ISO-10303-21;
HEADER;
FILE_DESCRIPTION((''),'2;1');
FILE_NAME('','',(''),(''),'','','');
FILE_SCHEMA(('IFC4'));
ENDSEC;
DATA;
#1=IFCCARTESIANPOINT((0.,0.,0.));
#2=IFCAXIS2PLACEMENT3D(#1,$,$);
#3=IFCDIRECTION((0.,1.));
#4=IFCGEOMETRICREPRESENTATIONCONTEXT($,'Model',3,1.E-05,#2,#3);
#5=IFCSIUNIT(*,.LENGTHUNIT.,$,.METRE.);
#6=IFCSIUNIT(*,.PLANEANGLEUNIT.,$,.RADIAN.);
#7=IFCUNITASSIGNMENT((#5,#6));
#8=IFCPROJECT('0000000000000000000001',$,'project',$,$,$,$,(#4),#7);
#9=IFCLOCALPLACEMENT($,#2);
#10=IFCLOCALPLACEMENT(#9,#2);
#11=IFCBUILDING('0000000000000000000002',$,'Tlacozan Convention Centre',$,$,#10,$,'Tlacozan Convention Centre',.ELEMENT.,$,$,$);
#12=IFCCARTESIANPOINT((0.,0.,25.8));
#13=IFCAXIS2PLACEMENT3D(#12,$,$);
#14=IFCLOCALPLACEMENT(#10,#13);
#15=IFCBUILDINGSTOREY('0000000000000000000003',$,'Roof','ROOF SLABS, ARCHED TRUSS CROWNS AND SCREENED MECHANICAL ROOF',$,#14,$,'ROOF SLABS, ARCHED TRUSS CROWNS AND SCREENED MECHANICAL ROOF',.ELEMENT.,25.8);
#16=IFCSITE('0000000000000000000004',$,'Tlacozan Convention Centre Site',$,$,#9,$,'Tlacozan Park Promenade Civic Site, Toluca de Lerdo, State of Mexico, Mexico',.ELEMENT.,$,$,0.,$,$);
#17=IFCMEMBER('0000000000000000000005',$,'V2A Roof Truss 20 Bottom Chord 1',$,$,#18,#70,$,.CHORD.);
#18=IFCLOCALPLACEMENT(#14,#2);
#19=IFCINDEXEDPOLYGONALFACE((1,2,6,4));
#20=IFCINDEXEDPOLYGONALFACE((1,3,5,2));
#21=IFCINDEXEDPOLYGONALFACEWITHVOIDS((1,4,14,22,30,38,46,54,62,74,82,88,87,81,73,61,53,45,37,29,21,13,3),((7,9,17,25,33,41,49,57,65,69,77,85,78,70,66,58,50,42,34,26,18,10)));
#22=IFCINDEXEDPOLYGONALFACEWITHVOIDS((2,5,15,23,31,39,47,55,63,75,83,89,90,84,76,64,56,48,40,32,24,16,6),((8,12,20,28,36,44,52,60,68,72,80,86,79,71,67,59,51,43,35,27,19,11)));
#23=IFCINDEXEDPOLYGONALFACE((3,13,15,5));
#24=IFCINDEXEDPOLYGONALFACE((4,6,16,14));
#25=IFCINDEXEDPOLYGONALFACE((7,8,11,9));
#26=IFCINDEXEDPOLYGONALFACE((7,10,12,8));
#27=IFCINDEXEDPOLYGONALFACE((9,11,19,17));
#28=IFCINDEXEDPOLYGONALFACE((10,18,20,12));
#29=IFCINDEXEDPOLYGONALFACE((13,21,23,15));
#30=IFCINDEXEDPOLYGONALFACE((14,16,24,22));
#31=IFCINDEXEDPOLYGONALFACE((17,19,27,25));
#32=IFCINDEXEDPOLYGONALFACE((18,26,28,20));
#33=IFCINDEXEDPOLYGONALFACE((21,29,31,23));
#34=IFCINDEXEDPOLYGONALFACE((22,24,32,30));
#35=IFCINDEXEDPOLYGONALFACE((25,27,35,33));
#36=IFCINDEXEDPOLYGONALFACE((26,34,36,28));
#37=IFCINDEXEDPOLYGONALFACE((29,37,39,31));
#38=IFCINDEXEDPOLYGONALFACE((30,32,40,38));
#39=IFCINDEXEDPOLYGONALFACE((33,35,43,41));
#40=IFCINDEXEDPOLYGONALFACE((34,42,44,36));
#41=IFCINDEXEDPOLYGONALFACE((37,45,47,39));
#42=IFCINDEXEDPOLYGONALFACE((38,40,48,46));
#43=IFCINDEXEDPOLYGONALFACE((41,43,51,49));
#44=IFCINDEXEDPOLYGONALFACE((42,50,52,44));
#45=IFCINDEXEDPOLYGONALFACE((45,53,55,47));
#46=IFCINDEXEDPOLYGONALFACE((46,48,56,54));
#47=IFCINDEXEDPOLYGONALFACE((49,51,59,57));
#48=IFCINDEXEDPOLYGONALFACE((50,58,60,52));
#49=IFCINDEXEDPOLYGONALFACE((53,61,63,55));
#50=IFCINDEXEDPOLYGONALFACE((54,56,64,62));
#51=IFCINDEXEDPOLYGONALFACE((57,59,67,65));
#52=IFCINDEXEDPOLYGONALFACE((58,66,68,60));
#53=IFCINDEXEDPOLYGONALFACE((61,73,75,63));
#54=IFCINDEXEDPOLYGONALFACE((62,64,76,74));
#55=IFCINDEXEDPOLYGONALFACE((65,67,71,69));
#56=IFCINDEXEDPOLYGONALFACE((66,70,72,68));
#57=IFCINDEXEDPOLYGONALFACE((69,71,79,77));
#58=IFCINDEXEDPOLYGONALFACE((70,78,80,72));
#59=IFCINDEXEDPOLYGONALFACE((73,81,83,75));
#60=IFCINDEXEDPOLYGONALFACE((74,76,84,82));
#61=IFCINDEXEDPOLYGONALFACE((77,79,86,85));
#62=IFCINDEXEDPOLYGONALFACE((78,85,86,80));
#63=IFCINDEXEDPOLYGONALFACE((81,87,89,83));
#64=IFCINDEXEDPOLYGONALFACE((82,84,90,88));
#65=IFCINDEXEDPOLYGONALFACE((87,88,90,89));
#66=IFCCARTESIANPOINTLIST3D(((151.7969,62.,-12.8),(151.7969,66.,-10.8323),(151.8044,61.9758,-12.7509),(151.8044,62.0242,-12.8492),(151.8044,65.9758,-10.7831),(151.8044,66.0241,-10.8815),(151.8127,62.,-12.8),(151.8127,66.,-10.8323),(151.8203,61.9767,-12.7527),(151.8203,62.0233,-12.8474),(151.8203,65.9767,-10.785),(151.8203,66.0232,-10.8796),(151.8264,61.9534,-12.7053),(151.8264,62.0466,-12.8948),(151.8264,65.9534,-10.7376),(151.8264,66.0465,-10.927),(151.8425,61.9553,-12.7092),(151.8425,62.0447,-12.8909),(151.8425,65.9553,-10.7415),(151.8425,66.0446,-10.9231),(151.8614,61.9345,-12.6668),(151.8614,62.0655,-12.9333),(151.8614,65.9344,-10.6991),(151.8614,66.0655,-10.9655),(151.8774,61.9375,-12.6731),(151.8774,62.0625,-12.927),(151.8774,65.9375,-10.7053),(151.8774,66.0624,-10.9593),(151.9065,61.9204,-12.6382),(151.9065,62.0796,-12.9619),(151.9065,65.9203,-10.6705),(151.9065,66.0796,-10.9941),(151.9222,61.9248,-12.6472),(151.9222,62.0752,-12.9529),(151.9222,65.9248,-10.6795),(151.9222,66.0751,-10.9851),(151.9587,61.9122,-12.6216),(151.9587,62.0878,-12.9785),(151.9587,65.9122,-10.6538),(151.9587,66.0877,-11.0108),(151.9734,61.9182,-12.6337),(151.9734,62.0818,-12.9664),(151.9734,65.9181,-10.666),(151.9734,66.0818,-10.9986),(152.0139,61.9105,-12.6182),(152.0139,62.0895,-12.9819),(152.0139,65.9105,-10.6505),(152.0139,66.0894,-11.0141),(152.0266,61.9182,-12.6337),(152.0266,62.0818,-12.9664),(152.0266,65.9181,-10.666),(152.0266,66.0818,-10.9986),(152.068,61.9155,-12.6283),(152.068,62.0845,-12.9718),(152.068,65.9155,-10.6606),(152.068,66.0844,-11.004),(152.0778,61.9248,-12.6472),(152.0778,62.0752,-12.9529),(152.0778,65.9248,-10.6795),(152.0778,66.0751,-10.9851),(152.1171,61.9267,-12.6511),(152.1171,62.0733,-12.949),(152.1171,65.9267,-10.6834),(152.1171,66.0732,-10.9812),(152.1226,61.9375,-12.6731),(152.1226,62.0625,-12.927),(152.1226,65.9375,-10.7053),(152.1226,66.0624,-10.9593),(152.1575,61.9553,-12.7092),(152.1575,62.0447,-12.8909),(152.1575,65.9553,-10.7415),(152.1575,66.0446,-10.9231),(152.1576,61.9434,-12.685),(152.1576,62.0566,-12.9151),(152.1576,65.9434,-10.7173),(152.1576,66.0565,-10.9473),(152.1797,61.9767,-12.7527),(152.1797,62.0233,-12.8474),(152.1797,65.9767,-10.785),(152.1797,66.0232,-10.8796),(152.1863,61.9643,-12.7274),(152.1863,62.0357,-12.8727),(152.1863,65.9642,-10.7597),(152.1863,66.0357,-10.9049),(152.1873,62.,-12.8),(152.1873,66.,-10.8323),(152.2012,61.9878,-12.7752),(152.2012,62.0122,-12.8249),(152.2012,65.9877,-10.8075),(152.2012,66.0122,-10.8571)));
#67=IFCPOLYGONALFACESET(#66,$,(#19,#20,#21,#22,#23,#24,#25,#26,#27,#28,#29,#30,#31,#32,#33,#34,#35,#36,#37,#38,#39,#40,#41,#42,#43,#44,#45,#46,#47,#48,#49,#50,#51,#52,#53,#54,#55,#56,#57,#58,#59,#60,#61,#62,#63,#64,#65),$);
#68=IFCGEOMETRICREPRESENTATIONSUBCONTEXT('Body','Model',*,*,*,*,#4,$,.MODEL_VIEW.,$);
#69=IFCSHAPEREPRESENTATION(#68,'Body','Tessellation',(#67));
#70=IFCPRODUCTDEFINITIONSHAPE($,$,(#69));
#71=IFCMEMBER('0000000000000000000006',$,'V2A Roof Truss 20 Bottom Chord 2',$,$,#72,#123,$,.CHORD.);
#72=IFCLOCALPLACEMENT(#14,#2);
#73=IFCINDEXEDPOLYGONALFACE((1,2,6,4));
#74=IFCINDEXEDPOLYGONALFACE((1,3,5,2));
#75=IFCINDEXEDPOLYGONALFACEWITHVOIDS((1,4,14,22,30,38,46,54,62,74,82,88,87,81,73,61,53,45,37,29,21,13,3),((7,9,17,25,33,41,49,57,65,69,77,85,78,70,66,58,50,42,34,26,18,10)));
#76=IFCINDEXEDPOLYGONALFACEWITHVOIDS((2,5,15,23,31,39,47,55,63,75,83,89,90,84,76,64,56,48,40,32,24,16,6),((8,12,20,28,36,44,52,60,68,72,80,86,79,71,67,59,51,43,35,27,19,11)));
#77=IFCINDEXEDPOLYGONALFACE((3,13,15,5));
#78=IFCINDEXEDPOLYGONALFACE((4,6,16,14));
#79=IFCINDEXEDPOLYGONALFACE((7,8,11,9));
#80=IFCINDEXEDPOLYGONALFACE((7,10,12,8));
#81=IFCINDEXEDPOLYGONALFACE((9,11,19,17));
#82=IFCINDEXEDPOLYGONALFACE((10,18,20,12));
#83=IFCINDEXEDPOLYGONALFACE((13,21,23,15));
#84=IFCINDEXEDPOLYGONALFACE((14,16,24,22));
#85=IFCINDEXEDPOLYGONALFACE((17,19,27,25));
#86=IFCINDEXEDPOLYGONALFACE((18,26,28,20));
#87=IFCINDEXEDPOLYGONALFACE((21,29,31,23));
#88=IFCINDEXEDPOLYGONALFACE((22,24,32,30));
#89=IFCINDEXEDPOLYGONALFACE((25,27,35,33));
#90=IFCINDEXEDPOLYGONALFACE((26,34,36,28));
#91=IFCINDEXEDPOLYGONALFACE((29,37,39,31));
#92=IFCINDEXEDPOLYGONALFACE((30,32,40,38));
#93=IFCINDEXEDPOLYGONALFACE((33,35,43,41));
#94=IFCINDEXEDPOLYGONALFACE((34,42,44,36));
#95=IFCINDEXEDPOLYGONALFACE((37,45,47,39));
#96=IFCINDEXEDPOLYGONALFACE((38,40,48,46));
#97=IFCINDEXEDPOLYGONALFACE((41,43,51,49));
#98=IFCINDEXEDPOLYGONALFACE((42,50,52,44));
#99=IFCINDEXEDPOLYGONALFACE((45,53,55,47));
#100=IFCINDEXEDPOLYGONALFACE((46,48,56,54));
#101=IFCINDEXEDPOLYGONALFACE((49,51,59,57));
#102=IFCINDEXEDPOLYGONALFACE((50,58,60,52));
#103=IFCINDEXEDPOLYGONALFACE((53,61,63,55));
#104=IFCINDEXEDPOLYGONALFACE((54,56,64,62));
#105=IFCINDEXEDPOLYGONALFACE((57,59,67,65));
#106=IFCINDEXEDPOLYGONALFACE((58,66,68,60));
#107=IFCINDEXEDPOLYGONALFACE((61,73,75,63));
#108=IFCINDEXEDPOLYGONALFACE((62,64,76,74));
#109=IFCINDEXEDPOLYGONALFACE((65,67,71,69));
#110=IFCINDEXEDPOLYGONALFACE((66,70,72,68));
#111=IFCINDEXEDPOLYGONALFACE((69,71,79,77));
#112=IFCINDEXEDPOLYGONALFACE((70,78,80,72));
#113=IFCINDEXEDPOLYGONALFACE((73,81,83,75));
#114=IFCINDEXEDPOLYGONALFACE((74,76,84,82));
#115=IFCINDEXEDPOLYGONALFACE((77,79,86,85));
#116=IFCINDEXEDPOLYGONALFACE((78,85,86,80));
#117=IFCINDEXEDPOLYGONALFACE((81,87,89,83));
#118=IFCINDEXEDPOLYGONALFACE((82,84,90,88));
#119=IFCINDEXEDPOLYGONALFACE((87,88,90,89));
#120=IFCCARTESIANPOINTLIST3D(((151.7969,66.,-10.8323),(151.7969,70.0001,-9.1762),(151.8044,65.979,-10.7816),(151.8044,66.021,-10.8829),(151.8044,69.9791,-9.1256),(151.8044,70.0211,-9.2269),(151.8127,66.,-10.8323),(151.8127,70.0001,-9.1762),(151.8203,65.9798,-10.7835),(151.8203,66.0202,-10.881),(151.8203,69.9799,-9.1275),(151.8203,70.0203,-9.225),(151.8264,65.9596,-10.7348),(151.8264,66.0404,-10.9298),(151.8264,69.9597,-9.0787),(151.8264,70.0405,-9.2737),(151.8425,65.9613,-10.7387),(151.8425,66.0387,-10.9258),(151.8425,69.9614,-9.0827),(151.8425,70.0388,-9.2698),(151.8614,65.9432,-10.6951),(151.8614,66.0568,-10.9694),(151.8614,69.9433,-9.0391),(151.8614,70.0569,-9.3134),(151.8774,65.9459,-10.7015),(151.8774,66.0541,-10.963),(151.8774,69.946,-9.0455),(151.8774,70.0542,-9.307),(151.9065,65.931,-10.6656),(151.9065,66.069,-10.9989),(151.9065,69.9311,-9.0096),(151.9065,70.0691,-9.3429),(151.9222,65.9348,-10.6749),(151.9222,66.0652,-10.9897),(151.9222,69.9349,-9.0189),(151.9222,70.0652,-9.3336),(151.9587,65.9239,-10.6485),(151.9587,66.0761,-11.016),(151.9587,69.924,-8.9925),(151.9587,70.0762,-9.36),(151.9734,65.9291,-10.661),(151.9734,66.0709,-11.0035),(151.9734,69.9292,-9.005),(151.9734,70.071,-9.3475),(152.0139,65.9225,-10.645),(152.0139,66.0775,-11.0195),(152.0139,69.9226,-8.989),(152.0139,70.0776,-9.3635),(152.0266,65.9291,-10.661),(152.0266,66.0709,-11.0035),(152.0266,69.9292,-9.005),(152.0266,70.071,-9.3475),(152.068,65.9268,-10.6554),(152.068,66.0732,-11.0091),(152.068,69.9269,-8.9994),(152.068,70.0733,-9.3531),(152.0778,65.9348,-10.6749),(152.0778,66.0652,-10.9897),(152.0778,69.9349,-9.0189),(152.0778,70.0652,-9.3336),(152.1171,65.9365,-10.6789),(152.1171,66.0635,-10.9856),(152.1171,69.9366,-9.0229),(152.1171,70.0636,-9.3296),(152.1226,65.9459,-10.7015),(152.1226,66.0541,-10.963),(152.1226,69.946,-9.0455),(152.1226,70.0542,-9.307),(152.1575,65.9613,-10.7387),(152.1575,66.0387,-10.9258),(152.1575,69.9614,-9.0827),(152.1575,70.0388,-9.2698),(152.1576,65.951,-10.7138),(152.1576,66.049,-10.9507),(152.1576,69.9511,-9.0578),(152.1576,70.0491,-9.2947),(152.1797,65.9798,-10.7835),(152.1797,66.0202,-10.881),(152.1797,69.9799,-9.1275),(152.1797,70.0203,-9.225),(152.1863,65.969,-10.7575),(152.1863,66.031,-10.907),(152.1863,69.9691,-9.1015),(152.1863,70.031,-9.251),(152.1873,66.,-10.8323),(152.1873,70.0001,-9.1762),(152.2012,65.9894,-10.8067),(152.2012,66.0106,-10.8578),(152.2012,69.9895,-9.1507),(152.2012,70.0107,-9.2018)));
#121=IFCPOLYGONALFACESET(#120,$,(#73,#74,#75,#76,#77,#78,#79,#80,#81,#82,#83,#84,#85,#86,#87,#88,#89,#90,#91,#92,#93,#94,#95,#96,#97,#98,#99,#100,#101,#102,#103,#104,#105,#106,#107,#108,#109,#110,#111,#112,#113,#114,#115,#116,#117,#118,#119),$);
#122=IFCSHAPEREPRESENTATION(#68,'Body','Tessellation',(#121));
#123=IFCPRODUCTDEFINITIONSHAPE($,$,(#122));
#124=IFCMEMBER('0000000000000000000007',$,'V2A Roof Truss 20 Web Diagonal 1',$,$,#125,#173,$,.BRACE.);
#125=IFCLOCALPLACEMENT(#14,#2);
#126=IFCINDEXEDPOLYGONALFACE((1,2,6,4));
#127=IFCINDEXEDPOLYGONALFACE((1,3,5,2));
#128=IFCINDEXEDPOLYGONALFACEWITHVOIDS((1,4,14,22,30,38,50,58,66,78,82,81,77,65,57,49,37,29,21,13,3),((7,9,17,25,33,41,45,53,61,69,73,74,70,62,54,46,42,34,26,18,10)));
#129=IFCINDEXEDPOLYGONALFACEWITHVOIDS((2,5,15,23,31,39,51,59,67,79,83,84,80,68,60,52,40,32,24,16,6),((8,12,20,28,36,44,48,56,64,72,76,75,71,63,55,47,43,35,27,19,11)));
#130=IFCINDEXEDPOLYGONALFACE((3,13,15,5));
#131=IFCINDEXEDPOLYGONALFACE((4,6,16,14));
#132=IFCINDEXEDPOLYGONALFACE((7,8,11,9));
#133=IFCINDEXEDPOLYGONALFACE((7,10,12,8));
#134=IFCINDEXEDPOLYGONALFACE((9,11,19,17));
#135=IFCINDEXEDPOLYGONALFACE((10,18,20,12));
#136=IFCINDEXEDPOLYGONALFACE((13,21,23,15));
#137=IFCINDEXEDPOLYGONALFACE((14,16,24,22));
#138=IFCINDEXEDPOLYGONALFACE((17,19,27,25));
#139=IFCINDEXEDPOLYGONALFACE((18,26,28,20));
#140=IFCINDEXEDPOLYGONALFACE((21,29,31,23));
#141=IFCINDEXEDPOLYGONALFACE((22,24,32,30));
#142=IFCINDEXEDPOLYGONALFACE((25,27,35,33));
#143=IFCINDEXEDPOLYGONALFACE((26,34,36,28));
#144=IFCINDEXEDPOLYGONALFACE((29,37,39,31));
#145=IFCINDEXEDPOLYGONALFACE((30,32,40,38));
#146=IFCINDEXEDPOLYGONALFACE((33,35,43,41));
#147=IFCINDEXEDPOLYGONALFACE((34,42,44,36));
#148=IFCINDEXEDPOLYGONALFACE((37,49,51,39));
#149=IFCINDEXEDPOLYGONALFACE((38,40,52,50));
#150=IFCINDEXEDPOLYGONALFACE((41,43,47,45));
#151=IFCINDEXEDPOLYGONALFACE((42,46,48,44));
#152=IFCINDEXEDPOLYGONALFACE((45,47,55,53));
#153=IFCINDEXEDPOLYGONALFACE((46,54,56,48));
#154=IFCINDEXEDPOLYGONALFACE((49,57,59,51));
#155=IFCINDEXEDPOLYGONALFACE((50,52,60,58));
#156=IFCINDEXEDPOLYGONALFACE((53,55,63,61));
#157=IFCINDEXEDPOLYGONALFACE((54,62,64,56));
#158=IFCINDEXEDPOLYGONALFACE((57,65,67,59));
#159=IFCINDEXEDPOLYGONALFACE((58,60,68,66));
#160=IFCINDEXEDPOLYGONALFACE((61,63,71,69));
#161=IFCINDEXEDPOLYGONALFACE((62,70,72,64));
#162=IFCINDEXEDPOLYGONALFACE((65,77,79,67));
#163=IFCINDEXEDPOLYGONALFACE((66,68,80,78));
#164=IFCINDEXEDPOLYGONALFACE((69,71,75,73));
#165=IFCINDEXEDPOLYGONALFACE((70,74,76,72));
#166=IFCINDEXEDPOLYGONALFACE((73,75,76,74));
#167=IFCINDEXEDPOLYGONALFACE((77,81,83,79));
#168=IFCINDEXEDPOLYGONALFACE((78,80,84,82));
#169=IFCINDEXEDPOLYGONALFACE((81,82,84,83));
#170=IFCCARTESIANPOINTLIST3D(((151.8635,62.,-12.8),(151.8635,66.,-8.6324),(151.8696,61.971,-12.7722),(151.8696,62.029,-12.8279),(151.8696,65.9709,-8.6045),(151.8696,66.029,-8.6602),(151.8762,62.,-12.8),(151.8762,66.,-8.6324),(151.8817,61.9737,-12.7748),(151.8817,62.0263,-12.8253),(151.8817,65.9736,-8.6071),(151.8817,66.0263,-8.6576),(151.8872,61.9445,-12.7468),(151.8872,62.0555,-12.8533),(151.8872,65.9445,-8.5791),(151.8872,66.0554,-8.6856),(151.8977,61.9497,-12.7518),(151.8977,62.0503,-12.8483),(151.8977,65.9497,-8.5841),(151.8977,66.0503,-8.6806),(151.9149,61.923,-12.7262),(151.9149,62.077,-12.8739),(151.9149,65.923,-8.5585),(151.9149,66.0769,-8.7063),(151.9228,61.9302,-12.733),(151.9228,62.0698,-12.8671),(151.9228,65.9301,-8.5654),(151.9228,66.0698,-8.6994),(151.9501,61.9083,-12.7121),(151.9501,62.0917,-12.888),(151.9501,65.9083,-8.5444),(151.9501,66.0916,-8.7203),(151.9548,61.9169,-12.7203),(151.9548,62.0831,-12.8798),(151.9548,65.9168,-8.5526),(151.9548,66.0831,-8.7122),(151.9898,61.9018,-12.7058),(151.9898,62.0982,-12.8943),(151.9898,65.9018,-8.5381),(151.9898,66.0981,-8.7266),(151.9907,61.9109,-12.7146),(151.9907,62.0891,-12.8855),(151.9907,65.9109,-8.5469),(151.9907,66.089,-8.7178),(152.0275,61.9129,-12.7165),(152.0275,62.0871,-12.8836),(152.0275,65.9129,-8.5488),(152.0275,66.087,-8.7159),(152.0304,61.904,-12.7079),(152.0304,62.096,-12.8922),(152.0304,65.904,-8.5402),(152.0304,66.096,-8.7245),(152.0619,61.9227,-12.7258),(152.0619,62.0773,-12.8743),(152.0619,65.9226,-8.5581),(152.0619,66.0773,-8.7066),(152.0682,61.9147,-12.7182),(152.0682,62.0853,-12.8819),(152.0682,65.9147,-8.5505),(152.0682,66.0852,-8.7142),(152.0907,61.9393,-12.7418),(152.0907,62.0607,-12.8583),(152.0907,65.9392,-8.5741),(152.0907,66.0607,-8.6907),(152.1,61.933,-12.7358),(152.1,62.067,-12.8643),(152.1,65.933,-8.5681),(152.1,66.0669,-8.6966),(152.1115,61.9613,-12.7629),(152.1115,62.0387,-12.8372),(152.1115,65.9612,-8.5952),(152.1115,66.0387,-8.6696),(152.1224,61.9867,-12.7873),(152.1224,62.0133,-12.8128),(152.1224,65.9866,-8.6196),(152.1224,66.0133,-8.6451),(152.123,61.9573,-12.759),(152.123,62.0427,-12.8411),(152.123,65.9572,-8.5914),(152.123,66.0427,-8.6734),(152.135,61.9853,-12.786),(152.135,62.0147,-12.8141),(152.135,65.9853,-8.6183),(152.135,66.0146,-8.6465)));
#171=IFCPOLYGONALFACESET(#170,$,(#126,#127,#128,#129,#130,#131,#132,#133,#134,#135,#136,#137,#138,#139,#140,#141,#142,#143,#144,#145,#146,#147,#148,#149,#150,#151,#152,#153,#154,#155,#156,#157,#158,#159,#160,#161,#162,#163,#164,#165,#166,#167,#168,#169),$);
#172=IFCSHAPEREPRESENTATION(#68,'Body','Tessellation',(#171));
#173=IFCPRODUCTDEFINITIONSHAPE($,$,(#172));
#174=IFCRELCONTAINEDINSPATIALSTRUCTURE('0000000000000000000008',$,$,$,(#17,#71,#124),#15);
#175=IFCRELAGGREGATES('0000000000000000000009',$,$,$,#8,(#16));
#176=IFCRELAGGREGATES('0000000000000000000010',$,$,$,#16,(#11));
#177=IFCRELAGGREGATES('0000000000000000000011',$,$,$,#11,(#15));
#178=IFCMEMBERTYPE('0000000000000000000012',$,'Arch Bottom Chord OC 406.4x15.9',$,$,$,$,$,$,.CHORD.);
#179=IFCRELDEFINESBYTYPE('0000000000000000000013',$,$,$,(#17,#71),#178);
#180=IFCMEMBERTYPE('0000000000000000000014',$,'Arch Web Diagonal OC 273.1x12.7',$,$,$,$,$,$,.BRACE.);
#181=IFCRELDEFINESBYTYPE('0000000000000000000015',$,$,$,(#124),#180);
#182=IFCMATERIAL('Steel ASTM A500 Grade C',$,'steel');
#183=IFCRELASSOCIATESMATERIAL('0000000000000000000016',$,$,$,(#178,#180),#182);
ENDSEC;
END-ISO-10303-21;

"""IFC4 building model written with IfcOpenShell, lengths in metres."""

from ifc_helpers import new_model, si_unit, direction, frame, origin, origin_2d, place, context, subcontext, project, spatial, hollow_circle, extrude, material, material_profile, profile_set, type_object, element, save


model = new_model("IFC4")

# Units and contexts
model_context = context("Model", 3, precision=1e-05, world=origin(), true_north=direction((0.0, 1.0)))
body_context = subcontext(model_context, "Body", "Model", "MODEL_VIEW")
ifc_project = project(units=[si_unit("LENGTHUNIT", "METRE"), si_unit("PLANEANGLEUNIT", "RADIAN")], contexts=[model_context])

# Site, building, storey
site_placement = place(None, origin())
site = spatial("IfcSite", under=ifc_project, at=site_placement, Name="Tlacozan Convention Centre Site", LongName="Tlacozan Park Promenade Civic Site, Toluca de Lerdo, State of Mexico, Mexico", CompositionType="ELEMENT", RefElevation=0.0)
building_placement = place(site_placement, origin())
building = spatial("IfcBuilding", under=site, at=building_placement, Name="Tlacozan Convention Centre", LongName="Tlacozan Convention Centre", CompositionType="ELEMENT")
storey_placement = place(building_placement, frame((0.0, 0.0, 25.8)))
storey = spatial("IfcBuildingStorey", under=building, at=storey_placement, Name="Roof", Description="ROOF SLABS, ARCHED TRUSS CROWNS AND SCREENED MECHANICAL ROOF", LongName="ROOF SLABS, ARCHED TRUSS CROWNS AND SCREENED MECHANICAL ROOF", CompositionType="ELEMENT", Elevation=25.8)

# Members
ifc_material_1 = material(Name="Steel ASTM A500 Grade C", Category="steel")
ifc_material_profile_1 = material_profile(ifc_material_1, hollow_circle(Radius=0.2031, WallThickness=0.0159, at=origin_2d()), Name="OC 406.4x15.9")
ifc_profile_set_1 = profile_set([ifc_material_profile_1], Name="Steel ASTM A500 Grade C")
member_type_1 = type_object("IfcMemberType", Name="Arch Bottom Chord OC 406.4x15.9", PredefinedType="CHORD", material=ifc_profile_set_1)
member_1_placement = place(storey_placement, frame((152.0, 62.0, -12.8), z_axis=(0.0, 0.8973, 0.441421), x_axis=(-1.0, 0.0, 0.0)))
element("IfcMember", 1, at=member_1_placement, inside=storey, type_object=member_type_1, Name="V2A Roof Truss 20 Bottom Chord 1", PredefinedType="CHORD", context=body_context, shape_type="SweptSolid", body=[
    extrude(hollow_circle(Radius=0.2031, WallThickness=0.0159, at=origin_2d()), origin(), (0.0, 0.0, 1.0), 4.4578),
])
member_2_placement = place(storey_placement, frame((152.0, 66.0, -10.8323), z_axis=(0.0, 0.923949, 0.382516), x_axis=(-1.0, 0.0, 0.0)))
element("IfcMember", 2, at=member_2_placement, inside=storey, type_object=member_type_1, Name="V2A Roof Truss 20 Bottom Chord 2", PredefinedType="CHORD", context=body_context, shape_type="SweptSolid", body=[
    extrude(hollow_circle(Radius=0.2031, WallThickness=0.0159, at=origin_2d()), origin(), (0.0, 0.0, 1.0), 4.3293),
])
ifc_material_profile_2 = material_profile(ifc_material_1, hollow_circle(Radius=0.1365, WallThickness=0.0127, at=origin_2d()), Name="OC 273.1x12.7")
ifc_profile_set_2 = profile_set([ifc_material_profile_2], Name="Steel ASTM A500 Grade C")
member_type_2 = type_object("IfcMemberType", Name="Arch Web Diagonal OC 273.1x12.7", PredefinedType="BRACE", material=ifc_profile_set_2)
member_3_placement = place(storey_placement, frame((152.0, 62.0, -12.8), z_axis=(0.0, 0.69244, 0.721475), x_axis=(-1.0, 0.0, 0.0)))
element("IfcMember", 3, at=member_3_placement, inside=storey, type_object=member_type_2, Name="V2A Roof Truss 20 Web Diagonal 1", PredefinedType="BRACE", context=body_context, shape_type="SweptSolid", body=[
    extrude(hollow_circle(Radius=0.1365, WallThickness=0.0127, at=origin_2d()), origin(), (0.0, 0.0, 1.0), 5.7766),
])

save(model, "model.ifc")
